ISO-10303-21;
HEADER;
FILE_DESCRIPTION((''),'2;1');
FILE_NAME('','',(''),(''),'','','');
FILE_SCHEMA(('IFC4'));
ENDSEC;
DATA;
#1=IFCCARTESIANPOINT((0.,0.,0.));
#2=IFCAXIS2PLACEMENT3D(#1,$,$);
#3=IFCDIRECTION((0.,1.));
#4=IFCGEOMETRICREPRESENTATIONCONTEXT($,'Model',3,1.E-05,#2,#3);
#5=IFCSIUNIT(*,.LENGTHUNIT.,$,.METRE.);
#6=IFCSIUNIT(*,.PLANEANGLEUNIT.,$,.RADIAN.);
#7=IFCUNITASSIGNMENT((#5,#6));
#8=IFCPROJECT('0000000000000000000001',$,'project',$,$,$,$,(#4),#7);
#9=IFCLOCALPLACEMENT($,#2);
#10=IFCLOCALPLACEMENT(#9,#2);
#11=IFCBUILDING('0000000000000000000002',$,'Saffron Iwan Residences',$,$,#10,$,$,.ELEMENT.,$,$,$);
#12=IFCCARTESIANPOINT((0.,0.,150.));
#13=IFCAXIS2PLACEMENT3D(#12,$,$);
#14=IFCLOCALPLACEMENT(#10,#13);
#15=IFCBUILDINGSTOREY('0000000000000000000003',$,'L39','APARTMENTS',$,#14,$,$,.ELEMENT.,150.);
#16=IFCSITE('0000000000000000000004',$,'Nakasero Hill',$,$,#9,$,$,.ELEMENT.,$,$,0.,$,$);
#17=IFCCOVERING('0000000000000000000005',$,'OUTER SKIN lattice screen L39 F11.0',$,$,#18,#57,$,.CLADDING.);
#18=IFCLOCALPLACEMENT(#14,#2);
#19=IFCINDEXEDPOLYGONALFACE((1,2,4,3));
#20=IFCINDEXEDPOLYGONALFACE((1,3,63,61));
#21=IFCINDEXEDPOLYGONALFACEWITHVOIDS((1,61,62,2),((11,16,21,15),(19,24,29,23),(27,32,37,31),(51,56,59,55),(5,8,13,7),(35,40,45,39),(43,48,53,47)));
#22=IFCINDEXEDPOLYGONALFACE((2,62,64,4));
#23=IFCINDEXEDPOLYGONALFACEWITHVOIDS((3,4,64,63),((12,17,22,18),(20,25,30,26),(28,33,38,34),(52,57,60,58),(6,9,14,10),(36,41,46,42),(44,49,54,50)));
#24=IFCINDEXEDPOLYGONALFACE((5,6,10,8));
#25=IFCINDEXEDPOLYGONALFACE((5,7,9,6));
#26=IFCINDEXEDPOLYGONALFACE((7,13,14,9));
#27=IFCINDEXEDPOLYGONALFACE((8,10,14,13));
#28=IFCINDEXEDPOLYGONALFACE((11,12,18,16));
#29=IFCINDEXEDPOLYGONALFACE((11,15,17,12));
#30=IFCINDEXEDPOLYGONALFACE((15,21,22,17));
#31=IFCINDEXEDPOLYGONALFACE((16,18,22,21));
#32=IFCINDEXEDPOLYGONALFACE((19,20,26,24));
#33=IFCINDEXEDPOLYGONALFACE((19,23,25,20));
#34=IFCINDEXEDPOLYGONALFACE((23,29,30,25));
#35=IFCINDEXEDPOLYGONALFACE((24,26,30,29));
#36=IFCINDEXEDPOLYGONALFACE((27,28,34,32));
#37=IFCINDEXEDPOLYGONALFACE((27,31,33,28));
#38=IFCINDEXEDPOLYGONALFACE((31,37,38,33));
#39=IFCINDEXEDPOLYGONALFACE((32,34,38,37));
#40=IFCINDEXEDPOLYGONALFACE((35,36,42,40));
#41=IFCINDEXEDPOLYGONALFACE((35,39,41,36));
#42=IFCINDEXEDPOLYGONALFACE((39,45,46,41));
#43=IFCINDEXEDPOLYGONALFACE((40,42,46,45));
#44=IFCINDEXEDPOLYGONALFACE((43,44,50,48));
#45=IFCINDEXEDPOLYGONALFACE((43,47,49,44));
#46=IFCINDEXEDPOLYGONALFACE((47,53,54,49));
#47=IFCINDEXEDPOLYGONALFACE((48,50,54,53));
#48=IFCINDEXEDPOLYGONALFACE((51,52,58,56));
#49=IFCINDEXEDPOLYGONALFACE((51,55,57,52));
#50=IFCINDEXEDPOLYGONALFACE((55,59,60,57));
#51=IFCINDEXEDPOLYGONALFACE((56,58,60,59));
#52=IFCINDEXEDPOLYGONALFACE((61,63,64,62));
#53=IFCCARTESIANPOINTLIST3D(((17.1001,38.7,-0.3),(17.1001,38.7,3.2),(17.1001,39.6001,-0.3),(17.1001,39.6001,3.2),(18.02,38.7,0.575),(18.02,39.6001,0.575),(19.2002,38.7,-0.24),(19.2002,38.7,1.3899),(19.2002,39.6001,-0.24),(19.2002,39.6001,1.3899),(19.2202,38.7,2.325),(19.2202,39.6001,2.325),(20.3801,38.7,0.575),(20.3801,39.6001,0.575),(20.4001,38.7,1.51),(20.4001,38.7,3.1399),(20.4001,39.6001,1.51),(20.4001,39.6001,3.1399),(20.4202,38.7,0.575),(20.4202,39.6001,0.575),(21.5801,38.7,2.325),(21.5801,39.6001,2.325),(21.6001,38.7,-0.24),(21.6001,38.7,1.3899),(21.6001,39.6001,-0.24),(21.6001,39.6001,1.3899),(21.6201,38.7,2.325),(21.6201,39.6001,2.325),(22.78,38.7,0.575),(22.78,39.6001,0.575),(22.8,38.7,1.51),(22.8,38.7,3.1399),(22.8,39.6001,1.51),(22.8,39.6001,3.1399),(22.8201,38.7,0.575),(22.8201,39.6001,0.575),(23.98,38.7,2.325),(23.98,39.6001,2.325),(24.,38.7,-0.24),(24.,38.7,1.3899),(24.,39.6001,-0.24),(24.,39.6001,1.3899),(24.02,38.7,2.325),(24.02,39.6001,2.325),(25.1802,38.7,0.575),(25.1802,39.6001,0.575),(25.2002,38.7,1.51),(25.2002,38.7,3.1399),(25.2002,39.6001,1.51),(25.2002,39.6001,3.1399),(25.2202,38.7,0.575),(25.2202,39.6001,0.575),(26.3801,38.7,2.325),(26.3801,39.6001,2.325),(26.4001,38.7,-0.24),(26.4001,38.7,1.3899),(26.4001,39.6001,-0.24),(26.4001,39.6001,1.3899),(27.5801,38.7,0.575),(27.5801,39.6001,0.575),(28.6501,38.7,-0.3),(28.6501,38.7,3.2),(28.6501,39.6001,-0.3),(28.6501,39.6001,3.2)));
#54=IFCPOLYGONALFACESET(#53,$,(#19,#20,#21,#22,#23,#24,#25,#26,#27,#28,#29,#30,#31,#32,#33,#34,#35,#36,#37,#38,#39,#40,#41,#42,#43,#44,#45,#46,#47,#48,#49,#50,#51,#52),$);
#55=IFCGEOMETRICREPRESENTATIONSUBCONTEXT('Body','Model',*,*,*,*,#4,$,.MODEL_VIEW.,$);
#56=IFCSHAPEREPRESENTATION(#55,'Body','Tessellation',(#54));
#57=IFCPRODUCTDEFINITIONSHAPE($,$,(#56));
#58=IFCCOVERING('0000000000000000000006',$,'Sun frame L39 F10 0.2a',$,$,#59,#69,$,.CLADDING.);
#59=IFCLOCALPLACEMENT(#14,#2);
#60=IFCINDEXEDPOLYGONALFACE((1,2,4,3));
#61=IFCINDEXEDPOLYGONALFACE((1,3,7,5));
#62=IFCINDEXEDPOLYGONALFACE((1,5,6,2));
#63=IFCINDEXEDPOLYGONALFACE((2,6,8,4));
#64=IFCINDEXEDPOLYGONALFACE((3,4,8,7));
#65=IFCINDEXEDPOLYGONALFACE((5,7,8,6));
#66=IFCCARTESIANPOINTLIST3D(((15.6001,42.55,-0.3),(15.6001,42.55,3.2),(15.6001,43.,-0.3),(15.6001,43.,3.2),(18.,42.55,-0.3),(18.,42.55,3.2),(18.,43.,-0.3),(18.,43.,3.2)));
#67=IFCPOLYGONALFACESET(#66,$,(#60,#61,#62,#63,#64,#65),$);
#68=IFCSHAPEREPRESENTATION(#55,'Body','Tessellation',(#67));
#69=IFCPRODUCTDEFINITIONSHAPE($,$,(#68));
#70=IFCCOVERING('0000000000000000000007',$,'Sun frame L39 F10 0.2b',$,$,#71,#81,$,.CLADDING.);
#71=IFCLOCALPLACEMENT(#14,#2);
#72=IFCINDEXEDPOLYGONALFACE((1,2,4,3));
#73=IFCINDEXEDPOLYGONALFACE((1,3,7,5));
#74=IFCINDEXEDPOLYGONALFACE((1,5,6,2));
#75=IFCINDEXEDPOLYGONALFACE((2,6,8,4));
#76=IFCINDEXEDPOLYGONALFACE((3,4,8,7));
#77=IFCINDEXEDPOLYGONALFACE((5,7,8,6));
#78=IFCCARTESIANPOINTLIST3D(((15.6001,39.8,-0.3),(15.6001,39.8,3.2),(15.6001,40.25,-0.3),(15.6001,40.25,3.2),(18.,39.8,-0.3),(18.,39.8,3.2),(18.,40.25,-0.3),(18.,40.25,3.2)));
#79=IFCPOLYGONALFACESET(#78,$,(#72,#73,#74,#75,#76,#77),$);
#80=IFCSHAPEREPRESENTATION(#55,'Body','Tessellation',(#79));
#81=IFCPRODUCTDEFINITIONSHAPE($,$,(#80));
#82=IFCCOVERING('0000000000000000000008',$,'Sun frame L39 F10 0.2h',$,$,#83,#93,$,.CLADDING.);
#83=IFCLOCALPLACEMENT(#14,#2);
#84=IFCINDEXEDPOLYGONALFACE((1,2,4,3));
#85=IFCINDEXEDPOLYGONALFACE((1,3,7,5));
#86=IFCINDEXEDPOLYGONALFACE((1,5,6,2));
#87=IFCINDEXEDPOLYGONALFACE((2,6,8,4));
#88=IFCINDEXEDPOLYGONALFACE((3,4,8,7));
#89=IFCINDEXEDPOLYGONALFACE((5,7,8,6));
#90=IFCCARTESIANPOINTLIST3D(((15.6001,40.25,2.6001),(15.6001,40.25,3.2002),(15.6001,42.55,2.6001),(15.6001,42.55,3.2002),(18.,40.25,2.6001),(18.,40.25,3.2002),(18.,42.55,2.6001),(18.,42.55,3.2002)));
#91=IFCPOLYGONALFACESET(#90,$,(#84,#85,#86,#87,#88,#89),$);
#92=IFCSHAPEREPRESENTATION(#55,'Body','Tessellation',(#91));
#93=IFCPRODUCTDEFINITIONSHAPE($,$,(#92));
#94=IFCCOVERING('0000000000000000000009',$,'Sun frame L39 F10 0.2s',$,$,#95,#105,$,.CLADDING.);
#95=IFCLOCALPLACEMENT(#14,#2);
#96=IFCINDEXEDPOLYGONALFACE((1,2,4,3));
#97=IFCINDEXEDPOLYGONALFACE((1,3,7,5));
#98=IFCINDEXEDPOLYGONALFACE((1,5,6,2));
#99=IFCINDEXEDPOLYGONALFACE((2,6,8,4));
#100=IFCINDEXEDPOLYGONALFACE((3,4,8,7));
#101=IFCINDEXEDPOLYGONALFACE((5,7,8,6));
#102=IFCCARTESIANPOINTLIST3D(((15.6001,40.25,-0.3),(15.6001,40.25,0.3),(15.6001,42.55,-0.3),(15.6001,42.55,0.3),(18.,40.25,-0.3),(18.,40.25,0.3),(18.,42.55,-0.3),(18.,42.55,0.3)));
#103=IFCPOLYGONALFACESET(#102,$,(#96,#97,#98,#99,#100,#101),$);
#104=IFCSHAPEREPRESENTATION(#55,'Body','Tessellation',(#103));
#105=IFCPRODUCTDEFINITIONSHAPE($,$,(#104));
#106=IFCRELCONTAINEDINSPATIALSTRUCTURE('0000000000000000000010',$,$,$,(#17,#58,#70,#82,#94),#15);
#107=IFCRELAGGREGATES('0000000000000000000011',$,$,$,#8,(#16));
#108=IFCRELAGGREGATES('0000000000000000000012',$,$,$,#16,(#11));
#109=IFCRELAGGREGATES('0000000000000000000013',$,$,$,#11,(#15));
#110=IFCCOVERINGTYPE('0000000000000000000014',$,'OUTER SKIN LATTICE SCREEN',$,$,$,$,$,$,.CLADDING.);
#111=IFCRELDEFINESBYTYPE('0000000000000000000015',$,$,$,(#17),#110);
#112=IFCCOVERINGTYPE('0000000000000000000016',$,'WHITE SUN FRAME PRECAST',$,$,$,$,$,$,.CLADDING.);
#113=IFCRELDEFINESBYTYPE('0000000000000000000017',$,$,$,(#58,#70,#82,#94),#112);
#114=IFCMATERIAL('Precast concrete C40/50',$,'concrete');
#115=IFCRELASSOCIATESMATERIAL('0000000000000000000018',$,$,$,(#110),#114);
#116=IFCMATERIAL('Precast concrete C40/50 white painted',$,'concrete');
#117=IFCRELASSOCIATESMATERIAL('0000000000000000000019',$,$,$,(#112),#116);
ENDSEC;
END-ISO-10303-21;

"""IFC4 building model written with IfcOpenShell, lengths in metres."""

from ifc_helpers import new_model, si_unit, direction, frame, origin, place, context, subcontext, project, spatial, polyline, outline, extrude, material, type_object, element, save


model = new_model("IFC4")

# Units and contexts
model_context = context("Model", 3, precision=1e-05, world=origin(), true_north=direction((0.0, 1.0)))
body_context = subcontext(model_context, "Body", "Model", "MODEL_VIEW")
ifc_project = project(units=[si_unit("LENGTHUNIT", "METRE"), si_unit("PLANEANGLEUNIT", "RADIAN")], contexts=[model_context])

# Site, building, storey
site_placement = place(None, origin())
site = spatial("IfcSite", under=ifc_project, at=site_placement, Name="Nakasero Hill", CompositionType="ELEMENT", RefElevation=0.0)
building_placement = place(site_placement, origin())
building = spatial("IfcBuilding", under=site, at=building_placement, Name="Saffron Iwan Residences", CompositionType="ELEMENT")
storey_placement = place(building_placement, frame((0.0, 0.0, 150.0)))
storey = spatial("IfcBuildingStorey", under=building, at=storey_placement, Name="L39", Description="APARTMENTS", CompositionType="ELEMENT", Elevation=150.0)

# Coverings
ifc_material_1 = material(Name="Precast concrete C40/50", Category="concrete")
covering_type_1 = type_object("IfcCoveringType", Name="OUTER SKIN LATTICE SCREEN", PredefinedType="CLADDING", material=ifc_material_1)
covering_1_placement = place(storey_placement, frame((17.1001, 39.6001, -0.3), z_axis=(0.0, -1.0, 0.0), x_axis=(1.0, 0.0, 0.0)))
element("IfcCovering", 1, at=covering_1_placement, inside=storey, type_object=covering_type_1, Name="OUTER SKIN lattice screen L39 F11.0", PredefinedType="CLADDING", context=body_context, shape_type="SweptSolid", body=[
    extrude(outline(polyline([(0.0, 0.0), (11.55, 0.0), (11.55, 3.5), (0.0, 3.5), (0.0, 0.0)]), holes=[polyline([(0.9199, 0.875), (2.1001, 0.0601), (3.28, 0.875), (2.1001, 1.6899), (0.9199, 0.875)]), polyline([(3.3201, 0.875), (4.5, 0.0601), (5.6799, 0.875), (4.5, 1.6899), (3.3201, 0.875)]), polyline([(5.72, 0.875), (6.8999, 0.0601), (8.0801, 0.875), (6.8999, 1.6899), (5.72, 0.875)]), polyline([(8.1201, 0.875), (9.3, 0.0601), (10.48, 0.875), (9.3, 1.6899), (8.1201, 0.875)]), polyline([(2.1201, 2.625), (3.3, 1.8101), (4.48, 2.625), (3.3, 3.4399), (2.1201, 2.625)]), polyline([(4.52, 2.625), (5.7, 1.8101), (6.8799, 2.625), (5.7, 3.4399), (4.52, 2.625)]), polyline([(6.9199, 2.625), (8.1001, 1.8101), (9.28, 2.625), (8.1001, 3.4399), (6.9199, 2.625)])]), origin(), (0.0, 0.0, 1.0), 0.9001),
])
ifc_material_2 = material(Name="Precast concrete C40/50 white painted", Category="concrete")
covering_type_2 = type_object("IfcCoveringType", Name="WHITE SUN FRAME PRECAST", PredefinedType="CLADDING", material=ifc_material_2)
for number, where, z_axis, x_axis, name in (
    (2, (18.0, 43.0, -0.3), (-1.0, 0.0, 0.0), (0.0, -1.0, 0.0), "Sun frame L39 F10 0.2a"),
    (3, (18.0, 40.25, -0.3), (-1.0, 0.0, 0.0), (0.0, -1.0, 0.0), "Sun frame L39 F10 0.2b"),
):
    element("IfcCovering", number, at=place(storey_placement, frame(where, z_axis=z_axis, x_axis=x_axis)), inside=storey, type_object=covering_type_2, Name=name, PredefinedType="CLADDING", context=body_context, shape_type="SweptSolid", body=[
        extrude(outline(polyline([(0.0, 0.0), (0.45, 0.0), (0.45, 3.5), (0.0, 3.5), (0.0, 0.0)])), origin(), (0.0, 0.0, 1.0), 2.3999),
    ])
for number, where, z_axis, x_axis, name in (
    (4, (18.0, 42.55, 2.6001), (-1.0, 0.0, 0.0), (0.0, -1.0, 0.0), "Sun frame L39 F10 0.2h"),
    (5, (18.0, 42.55, -0.3), (-1.0, 0.0, 0.0), (0.0, -1.0, 0.0), "Sun frame L39 F10 0.2s"),
):
    element("IfcCovering", number, at=place(storey_placement, frame(where, z_axis=z_axis, x_axis=x_axis)), inside=storey, type_object=covering_type_2, Name=name, PredefinedType="CLADDING", context=body_context, shape_type="SweptSolid", body=[
        extrude(outline(polyline([(0.0, 0.0), (2.3, 0.0), (2.3, 0.6001), (0.0, 0.6001), (0.0, 0.0)])), origin(), (0.0, 0.0, 1.0), 2.3999),
    ])

save(model, "model.ifc")
